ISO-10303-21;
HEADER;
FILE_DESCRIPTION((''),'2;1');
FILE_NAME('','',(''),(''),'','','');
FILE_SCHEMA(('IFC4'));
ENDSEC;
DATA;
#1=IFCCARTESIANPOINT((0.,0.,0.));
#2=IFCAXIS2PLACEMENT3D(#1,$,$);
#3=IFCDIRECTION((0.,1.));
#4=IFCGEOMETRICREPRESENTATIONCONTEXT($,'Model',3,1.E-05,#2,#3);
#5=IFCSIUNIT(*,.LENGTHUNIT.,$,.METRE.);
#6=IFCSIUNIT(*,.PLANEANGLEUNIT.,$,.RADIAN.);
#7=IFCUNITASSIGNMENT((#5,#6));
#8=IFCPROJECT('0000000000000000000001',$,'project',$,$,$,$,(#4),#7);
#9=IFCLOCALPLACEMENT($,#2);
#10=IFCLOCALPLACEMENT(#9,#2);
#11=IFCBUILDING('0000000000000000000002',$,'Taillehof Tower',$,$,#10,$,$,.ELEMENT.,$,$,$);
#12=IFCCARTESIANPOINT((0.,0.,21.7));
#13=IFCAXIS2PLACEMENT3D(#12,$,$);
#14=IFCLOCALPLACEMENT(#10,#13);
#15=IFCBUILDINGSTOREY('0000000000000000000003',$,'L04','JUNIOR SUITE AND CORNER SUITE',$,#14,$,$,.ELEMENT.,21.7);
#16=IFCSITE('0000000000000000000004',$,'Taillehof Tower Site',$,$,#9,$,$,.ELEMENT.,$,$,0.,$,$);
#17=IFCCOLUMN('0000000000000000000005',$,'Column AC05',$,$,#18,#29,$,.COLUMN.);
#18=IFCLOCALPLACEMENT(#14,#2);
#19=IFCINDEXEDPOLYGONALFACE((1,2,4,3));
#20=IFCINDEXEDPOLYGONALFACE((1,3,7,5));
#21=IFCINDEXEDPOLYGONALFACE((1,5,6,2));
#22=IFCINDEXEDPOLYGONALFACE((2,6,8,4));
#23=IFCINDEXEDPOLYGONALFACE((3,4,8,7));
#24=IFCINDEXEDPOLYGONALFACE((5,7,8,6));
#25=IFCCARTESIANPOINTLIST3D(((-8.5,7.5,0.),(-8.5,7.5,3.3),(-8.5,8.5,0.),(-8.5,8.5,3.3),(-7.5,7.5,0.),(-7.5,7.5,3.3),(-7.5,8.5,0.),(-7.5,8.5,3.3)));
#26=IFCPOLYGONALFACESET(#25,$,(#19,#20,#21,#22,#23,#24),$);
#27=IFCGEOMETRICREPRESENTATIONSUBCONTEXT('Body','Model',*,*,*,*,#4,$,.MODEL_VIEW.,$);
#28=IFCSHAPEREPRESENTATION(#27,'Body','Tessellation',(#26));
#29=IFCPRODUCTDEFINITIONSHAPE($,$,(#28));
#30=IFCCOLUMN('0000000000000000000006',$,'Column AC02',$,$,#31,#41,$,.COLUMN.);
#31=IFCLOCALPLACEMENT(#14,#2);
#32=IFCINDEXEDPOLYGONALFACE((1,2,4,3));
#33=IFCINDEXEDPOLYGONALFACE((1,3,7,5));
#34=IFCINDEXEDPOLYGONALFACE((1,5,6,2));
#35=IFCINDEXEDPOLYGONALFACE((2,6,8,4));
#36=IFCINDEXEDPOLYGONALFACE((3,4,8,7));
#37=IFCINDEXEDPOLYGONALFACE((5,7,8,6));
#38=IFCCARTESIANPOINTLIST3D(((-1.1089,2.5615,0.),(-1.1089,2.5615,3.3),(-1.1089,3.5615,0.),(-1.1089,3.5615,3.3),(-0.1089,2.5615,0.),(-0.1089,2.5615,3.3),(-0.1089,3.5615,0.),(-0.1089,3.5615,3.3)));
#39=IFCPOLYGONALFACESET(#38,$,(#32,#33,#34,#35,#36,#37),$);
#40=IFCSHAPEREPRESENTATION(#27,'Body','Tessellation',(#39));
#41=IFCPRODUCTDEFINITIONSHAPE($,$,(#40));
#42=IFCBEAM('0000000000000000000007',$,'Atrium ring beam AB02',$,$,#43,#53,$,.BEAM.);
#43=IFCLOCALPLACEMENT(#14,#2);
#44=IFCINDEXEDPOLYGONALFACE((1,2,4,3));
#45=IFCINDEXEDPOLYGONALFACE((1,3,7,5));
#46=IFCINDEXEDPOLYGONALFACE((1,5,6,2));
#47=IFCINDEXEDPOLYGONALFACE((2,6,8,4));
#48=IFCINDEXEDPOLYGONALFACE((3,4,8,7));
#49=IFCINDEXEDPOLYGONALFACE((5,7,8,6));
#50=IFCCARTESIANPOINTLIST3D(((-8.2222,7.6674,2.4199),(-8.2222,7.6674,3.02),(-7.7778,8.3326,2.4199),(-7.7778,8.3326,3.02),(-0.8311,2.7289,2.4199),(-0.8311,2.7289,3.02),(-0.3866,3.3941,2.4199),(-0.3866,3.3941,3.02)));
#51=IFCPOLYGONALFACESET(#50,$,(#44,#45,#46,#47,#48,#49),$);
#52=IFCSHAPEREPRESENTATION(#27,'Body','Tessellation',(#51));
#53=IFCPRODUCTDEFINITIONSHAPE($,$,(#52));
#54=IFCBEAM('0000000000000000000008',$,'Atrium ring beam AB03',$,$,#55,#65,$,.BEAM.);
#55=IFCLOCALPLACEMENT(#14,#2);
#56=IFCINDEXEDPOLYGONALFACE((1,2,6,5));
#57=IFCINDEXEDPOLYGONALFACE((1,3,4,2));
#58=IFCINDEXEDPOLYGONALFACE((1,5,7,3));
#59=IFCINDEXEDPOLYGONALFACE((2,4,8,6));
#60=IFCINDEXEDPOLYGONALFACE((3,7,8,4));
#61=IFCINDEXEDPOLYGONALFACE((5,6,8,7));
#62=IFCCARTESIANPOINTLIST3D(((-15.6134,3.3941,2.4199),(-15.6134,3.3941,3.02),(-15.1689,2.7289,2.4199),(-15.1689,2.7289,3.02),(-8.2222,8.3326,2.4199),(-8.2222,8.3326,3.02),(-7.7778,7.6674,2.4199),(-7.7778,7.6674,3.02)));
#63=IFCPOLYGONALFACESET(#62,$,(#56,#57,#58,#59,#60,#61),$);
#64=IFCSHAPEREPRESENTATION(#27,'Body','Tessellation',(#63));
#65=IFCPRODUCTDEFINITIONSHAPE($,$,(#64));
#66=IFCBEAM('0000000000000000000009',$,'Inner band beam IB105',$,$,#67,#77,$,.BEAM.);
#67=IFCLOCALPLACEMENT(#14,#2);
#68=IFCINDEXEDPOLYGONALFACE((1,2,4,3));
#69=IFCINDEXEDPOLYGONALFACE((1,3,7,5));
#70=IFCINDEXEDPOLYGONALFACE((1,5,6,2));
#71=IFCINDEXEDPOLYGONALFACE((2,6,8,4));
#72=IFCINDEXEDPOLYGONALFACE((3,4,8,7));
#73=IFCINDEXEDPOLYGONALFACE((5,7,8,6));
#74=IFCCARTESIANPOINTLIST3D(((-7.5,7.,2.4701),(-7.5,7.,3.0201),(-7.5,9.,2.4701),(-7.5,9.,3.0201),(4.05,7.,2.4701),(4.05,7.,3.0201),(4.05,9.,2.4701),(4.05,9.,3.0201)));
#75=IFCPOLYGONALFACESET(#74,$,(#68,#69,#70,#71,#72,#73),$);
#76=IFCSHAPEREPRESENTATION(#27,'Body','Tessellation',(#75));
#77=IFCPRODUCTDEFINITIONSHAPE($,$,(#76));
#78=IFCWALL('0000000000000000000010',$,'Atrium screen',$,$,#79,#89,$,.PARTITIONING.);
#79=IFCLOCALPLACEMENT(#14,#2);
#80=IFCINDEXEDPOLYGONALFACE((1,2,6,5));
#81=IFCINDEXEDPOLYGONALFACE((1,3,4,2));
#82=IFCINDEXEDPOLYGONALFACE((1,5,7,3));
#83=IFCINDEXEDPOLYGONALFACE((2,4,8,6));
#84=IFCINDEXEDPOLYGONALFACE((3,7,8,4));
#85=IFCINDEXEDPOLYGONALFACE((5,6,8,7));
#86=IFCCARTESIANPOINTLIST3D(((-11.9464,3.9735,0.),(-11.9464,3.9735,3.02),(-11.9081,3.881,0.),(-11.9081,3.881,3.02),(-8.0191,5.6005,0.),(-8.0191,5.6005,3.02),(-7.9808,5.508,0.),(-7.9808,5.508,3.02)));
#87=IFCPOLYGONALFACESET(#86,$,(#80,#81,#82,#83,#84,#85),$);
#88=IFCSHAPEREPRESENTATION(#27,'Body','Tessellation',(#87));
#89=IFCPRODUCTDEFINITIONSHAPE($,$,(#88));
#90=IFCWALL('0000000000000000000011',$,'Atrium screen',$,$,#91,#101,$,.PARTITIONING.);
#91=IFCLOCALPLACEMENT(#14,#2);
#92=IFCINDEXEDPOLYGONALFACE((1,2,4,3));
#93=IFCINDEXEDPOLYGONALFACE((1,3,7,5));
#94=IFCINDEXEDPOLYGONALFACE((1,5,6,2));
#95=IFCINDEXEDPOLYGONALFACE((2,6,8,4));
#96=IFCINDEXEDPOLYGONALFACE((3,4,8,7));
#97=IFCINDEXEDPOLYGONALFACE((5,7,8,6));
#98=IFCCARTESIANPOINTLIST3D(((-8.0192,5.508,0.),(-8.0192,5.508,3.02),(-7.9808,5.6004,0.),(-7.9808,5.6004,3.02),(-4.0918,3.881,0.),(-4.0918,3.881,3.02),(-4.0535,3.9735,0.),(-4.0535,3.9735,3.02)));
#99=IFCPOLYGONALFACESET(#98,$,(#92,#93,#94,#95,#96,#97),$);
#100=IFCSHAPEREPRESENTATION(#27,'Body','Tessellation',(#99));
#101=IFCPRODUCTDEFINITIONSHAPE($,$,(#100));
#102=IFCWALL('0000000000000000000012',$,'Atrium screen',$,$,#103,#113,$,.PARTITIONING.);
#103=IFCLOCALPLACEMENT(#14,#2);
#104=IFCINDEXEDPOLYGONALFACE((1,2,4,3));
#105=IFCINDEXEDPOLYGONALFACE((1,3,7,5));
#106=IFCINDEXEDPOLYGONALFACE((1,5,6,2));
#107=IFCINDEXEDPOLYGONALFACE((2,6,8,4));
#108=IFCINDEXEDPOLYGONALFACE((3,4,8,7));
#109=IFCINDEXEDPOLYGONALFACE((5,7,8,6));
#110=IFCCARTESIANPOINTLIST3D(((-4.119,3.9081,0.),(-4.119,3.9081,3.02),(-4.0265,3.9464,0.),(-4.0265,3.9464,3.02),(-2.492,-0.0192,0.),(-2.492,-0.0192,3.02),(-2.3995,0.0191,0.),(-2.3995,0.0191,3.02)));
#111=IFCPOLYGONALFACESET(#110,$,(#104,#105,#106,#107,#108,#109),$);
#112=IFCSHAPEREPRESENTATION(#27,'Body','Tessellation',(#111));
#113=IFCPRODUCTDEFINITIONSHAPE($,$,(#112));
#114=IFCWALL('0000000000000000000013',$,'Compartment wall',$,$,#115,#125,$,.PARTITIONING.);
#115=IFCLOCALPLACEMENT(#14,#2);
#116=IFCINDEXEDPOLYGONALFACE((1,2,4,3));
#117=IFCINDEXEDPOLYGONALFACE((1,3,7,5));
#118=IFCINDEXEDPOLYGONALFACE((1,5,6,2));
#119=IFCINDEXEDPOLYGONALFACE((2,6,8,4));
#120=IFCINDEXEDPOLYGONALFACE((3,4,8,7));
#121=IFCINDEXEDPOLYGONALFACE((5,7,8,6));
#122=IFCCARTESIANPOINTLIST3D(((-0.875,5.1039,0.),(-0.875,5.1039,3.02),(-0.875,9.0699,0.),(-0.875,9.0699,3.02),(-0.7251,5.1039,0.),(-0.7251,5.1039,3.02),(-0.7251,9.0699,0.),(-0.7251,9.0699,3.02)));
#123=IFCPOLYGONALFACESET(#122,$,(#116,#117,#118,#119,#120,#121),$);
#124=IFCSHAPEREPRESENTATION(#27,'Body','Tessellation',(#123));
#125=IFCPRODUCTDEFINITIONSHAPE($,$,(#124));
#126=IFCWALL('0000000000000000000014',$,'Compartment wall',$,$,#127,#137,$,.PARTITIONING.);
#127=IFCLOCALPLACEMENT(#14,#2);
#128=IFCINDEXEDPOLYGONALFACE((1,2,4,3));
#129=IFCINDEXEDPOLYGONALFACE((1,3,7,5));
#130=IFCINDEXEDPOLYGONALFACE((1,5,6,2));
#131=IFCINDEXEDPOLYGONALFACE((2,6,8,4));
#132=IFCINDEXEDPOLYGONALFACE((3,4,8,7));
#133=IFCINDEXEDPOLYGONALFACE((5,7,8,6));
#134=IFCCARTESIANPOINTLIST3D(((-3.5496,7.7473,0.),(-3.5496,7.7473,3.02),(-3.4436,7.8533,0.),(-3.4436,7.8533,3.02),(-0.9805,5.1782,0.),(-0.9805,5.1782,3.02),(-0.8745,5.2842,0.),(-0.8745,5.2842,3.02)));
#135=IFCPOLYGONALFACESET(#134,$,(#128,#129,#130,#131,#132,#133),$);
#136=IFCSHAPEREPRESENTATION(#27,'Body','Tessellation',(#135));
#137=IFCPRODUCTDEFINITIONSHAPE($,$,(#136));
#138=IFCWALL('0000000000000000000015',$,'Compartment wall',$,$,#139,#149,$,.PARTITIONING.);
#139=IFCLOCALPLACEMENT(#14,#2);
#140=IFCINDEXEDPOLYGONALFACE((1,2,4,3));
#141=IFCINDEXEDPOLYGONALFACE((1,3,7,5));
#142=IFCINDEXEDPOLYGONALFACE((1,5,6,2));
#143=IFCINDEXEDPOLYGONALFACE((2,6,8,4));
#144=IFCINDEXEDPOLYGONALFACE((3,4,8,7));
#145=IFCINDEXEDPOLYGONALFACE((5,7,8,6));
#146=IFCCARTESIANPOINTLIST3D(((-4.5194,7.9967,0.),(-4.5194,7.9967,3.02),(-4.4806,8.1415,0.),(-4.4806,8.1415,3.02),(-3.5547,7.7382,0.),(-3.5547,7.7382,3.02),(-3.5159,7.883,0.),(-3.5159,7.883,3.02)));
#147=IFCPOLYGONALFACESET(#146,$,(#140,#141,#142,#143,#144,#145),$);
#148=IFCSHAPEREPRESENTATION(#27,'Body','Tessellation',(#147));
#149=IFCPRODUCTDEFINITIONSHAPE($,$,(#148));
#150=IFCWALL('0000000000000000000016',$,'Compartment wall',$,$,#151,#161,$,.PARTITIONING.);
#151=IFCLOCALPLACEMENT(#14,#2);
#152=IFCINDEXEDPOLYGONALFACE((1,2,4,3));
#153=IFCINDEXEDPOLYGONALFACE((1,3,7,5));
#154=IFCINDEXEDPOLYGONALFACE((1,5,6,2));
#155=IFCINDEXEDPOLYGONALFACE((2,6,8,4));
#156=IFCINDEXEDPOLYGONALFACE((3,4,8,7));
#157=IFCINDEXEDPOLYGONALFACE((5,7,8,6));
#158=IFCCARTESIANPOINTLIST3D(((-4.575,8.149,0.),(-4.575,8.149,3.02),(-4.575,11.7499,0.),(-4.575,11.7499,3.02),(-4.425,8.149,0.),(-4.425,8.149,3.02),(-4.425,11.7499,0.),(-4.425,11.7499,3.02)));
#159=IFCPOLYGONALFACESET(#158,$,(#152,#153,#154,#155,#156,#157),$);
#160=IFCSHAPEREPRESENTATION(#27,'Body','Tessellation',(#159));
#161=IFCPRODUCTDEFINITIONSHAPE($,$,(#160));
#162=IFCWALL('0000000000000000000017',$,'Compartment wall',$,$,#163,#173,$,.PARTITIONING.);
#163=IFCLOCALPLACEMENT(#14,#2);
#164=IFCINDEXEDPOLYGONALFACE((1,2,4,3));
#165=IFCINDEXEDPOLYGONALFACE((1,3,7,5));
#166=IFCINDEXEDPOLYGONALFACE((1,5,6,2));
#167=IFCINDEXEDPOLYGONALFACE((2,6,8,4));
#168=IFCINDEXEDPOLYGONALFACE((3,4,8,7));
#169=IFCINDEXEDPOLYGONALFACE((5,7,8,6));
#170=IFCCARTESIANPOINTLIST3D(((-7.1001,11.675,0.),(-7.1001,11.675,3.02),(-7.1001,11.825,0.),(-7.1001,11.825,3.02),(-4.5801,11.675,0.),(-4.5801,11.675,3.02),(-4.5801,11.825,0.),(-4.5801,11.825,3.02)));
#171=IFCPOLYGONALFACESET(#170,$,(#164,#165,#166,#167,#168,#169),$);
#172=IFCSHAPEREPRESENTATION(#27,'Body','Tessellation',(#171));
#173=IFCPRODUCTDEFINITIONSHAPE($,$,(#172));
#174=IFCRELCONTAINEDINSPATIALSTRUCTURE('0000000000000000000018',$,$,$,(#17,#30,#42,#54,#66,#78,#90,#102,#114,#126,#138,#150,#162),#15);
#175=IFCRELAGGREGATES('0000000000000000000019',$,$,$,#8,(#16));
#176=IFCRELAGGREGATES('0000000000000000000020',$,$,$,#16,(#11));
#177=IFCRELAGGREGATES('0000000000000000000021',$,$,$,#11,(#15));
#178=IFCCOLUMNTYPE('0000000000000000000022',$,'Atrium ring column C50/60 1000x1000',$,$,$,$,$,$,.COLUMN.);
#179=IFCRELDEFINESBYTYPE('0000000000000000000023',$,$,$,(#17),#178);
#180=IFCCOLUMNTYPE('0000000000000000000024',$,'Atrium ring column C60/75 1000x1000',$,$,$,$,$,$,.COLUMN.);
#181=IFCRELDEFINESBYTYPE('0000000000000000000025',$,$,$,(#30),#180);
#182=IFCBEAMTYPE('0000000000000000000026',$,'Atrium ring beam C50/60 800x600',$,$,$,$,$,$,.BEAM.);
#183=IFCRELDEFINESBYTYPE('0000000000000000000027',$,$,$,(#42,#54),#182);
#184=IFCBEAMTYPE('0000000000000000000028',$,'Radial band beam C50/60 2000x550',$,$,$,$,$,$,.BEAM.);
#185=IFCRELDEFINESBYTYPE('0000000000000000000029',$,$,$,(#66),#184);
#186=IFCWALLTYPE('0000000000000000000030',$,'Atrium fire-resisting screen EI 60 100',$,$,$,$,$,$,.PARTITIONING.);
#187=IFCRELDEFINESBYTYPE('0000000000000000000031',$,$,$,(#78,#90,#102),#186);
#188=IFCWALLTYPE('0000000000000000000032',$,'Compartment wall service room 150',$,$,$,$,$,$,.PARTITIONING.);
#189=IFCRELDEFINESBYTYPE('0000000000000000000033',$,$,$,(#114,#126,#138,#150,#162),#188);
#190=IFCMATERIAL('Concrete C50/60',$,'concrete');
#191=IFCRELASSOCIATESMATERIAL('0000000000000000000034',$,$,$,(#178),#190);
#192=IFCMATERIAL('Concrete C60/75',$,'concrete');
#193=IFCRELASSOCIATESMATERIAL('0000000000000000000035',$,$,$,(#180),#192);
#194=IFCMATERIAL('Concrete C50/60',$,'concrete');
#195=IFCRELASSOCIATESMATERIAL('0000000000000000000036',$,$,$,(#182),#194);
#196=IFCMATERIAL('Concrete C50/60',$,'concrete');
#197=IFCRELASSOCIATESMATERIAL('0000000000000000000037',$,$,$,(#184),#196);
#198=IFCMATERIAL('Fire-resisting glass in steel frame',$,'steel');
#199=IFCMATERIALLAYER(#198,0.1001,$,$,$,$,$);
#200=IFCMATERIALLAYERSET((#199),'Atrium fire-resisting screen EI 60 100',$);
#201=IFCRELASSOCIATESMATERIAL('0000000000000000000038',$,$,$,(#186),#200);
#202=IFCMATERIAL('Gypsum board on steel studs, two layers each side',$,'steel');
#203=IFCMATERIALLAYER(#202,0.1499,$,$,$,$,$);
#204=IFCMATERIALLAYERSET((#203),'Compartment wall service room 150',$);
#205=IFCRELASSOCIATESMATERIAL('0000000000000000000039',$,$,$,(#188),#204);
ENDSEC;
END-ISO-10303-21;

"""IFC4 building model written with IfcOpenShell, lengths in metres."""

from ifc_helpers import new_model, si_unit, direction, frame, frame_2d, origin, origin_2d, place, context, subcontext, project, spatial, rectangle, extrude, material, layer, layer_set, material_profile, profile_set, type_object, element, save


model = new_model("IFC4")

# Units and contexts
model_context = context("Model", 3, precision=1e-05, world=origin(), true_north=direction((0.0, 1.0)))
body_context = subcontext(model_context, "Body", "Model", "MODEL_VIEW")
ifc_project = project(units=[si_unit("LENGTHUNIT", "METRE"), si_unit("PLANEANGLEUNIT", "RADIAN")], contexts=[model_context])

# Site, building, storey
site_placement = place(None, origin())
site = spatial("IfcSite", under=ifc_project, at=site_placement, Name="Taillehof Tower Site", CompositionType="ELEMENT", RefElevation=0.0)
building_placement = place(site_placement, origin())
building = spatial("IfcBuilding", under=site, at=building_placement, Name="Taillehof Tower", CompositionType="ELEMENT")
storey_placement = place(building_placement, frame((0.0, 0.0, 21.7)))
storey = spatial("IfcBuildingStorey", under=building, at=storey_placement, Name="L04", Description="JUNIOR SUITE AND CORNER SUITE", CompositionType="ELEMENT", Elevation=21.7)

# Columns
ifc_material_1 = material(Name="Concrete C50/60", Category="concrete")
ifc_material_profile_1 = material_profile(ifc_material_1, rectangle(XDim=1.0, YDim=1.0, at=origin_2d()), Name="RC 1000x1000")
ifc_profile_set_1 = profile_set([ifc_material_profile_1], Name="Concrete C50/60")
column_type_1 = type_object("IfcColumnType", Name="Atrium ring column C50/60 1000x1000", PredefinedType="COLUMN", material=ifc_profile_set_1)
column_1_placement = place(storey_placement, frame((-8.0, 8.0, 0.0), z_axis=(0.0, 0.0, 1.0), x_axis=(1.0, 0.0, 0.0)))
element("IfcColumn", 1, at=column_1_placement, inside=storey, type_object=column_type_1, Name="Column AC05", PredefinedType="COLUMN", context=body_context, shape_type="SweptSolid", body=[
    extrude(rectangle(XDim=1.0, YDim=1.0, at=origin_2d()), origin(), (0.0, 0.0, 1.0), 3.3),
])
ifc_material_2 = material(Name="Concrete C60/75", Category="concrete")
ifc_material_profile_2 = material_profile(ifc_material_2, rectangle(XDim=1.0, YDim=1.0, at=origin_2d()), Name="RC 1000x1000")
ifc_profile_set_2 = profile_set([ifc_material_profile_2], Name="Concrete C60/75")
column_type_2 = type_object("IfcColumnType", Name="Atrium ring column C60/75 1000x1000", PredefinedType="COLUMN", material=ifc_profile_set_2)
column_2_placement = place(storey_placement, frame((-0.6089, 3.0615, 0.0), z_axis=(0.0, 0.0, 1.0), x_axis=(1.0, 0.0, 0.0)))
element("IfcColumn", 2, at=column_2_placement, inside=storey, type_object=column_type_2, Name="Column AC02", PredefinedType="COLUMN", context=body_context, shape_type="SweptSolid", body=[
    extrude(rectangle(XDim=1.0, YDim=1.0, at=origin_2d()), origin(), (0.0, 0.0, 1.0), 3.3),
])

# Beams
ifc_material_3 = material(Name="Concrete C50/60", Category="concrete")
ifc_material_profile_3 = material_profile(ifc_material_3, rectangle(XDim=0.8, YDim=0.6001, at=origin_2d()), Name="RC 800x600")
ifc_profile_set_3 = profile_set([ifc_material_profile_3], Name="Concrete C50/60")
beam_type_1 = type_object("IfcBeamType", Name="Atrium ring beam C50/60 800x600", PredefinedType="BEAM", material=ifc_profile_set_3)
for number, where, z_axis, x_axis, name in (
    (3, (-0.6089, 3.0615, 2.72), (-0.831475, 0.555562, 0.0), (-0.555562, -0.831475, 0.0), "Atrium ring beam AB02"),
    (4, (-8.0, 8.0, 2.72), (-0.831475, -0.555562, 0.0), (0.555562, -0.831475, 0.0), "Atrium ring beam AB03"),
):
    element("IfcBeam", number, at=place(storey_placement, frame(where, z_axis=z_axis, x_axis=x_axis)), inside=storey, type_object=beam_type_1, Name=name, PredefinedType="BEAM", context=body_context, shape_type="SweptSolid", body=[
        extrude(rectangle(XDim=0.8, YDim=0.6001, at=origin_2d()), origin(), (0.0, 0.0, 1.0), 8.8892),
    ])
ifc_material_4 = material(Name="Concrete C50/60", Category="concrete")
ifc_material_profile_4 = material_profile(ifc_material_4, rectangle(XDim=2.0, YDim=0.55, at=origin_2d()), Name="RC 2000x550")
ifc_profile_set_4 = profile_set([ifc_material_profile_4], Name="Concrete C50/60")
beam_type_2 = type_object("IfcBeamType", Name="Radial band beam C50/60 2000x550", PredefinedType="BEAM", material=ifc_profile_set_4)
beam_placement = place(storey_placement, frame((-7.5, 8.0, 2.7451), z_axis=(1.0, 0.0, 0.0), x_axis=(0.0, 1.0, 0.0)))
element("IfcBeam", 5, at=beam_placement, inside=storey, type_object=beam_type_2, Name="Inner band beam IB105", PredefinedType="BEAM", context=body_context, shape_type="SweptSolid", body=[
    extrude(rectangle(XDim=2.0, YDim=0.55, at=origin_2d()), origin(), (0.0, 0.0, 1.0), 11.55),
])

# Walls
ifc_material_5 = material(Name="Fire-resisting glass in steel frame", Category="steel")
ifc_layer_1 = layer(ifc_material_5, 0.1001)
ifc_layer_set_1 = layer_set([ifc_layer_1], Name="Atrium fire-resisting screen EI 60 100")
wall_type_1 = type_object("IfcWallType", Name="Atrium fire-resisting screen EI 60 100", PredefinedType="PARTITIONING", material=ifc_layer_set_1)
for number, where, z_axis, x_axis, name in (
    (6, (-11.9272, 3.9272, 0.0), (0.0, 0.0, 1.0), (0.92386, 0.382731, 0.0), "Atrium screen"),
    (7, (-8.0, 5.5542, 0.0), (0.0, 0.0, 1.0), (0.92386, -0.382731, 0.0), "Atrium screen"),
    (8, (-4.0728, 3.9272, 0.0), (0.0, 0.0, 1.0), (0.382731, -0.92386, 0.0), "Atrium screen"),
):
    element("IfcWall", number, at=place(storey_placement, frame(where, z_axis=z_axis, x_axis=x_axis)), inside=storey, type_object=wall_type_1, Name=name, PredefinedType="PARTITIONING", context=body_context, shape_type="SweptSolid", body=[
        extrude(rectangle(XDim=4.251, YDim=0.1001, at=frame_2d((2.1255, 0.0))), origin(), (0.0, 0.0, 1.0), 3.02),
    ])
ifc_material_6 = material(Name="Gypsum board on steel studs, two layers each side", Category="steel")
ifc_layer_2 = layer(ifc_material_6, 0.1499)
ifc_layer_set_2 = layer_set([ifc_layer_2], Name="Compartment wall service room 150")
wall_type_2 = type_object("IfcWallType", Name="Compartment wall service room 150", PredefinedType="PARTITIONING", material=ifc_layer_set_2)
wall_1_placement = place(storey_placement, frame((-0.8, 9.0698, 0.0), z_axis=(0.0, 0.0, 1.0), x_axis=(0.0, -1.0, 0.0)))
element("IfcWall", 9, at=wall_1_placement, inside=storey, type_object=wall_type_2, Name="Compartment wall", PredefinedType="PARTITIONING", context=body_context, shape_type="SweptSolid", body=[
    extrude(rectangle(XDim=3.9661, YDim=0.1499, at=frame_2d((1.9829, 0.0))), origin(), (0.0, 0.0, 1.0), 3.02),
])
wall_2_placement = place(storey_placement, frame((-0.9275, 5.2312, 0.0), z_axis=(0.0, 0.0, 1.0), x_axis=(-0.707107, 0.707107, 0.0)))
element("IfcWall", 10, at=wall_2_placement, inside=storey, type_object=wall_type_2, Name="Compartment wall", PredefinedType="PARTITIONING", context=body_context, shape_type="SweptSolid", body=[
    extrude(rectangle(XDim=3.6333, YDim=0.1499, at=frame_2d((1.8167, 0.0))), origin(), (0.0, 0.0, 1.0), 3.02),
])
wall_3_placement = place(storey_placement, frame((-3.5352, 7.8105, 0.0), z_axis=(0.0, 0.0, 1.0), x_axis=(-0.965922, 0.258834, 0.0)))
element("IfcWall", 11, at=wall_3_placement, inside=storey, type_object=wall_type_2, Name="Compartment wall", PredefinedType="PARTITIONING", context=body_context, shape_type="SweptSolid", body=[
    extrude(rectangle(XDim=0.9988, YDim=0.1499, at=frame_2d((0.4995, 0.0))), origin(), (0.0, 0.0, 1.0), 3.02),
])
wall_4_placement = place(storey_placement, frame((-4.5, 8.1492, 0.0), z_axis=(0.0, 0.0, 1.0), x_axis=(0.0, 1.0, 0.0)))
element("IfcWall", 12, at=wall_4_placement, inside=storey, type_object=wall_type_2, Name="Compartment wall", PredefinedType="PARTITIONING", context=body_context, shape_type="SweptSolid", body=[
    extrude(rectangle(XDim=3.6008, YDim=0.1499, at=frame_2d((1.8003, 0.0))), origin(), (0.0, 0.0, 1.0), 3.02),
])
wall_5_placement = place(storey_placement, frame((-4.5801, 11.75, 0.0), z_axis=(0.0, 0.0, 1.0), x_axis=(-1.0, 0.0, 0.0)))
element("IfcWall", 13, at=wall_5_placement, inside=storey, type_object=wall_type_2, Name="Compartment wall", PredefinedType="PARTITIONING", context=body_context, shape_type="SweptSolid", body=[
    extrude(rectangle(XDim=2.52, YDim=0.1499, at=frame_2d((1.26, 0.0))), origin(), (0.0, 0.0, 1.0), 3.02),
])

save(model, "model.ifc")
